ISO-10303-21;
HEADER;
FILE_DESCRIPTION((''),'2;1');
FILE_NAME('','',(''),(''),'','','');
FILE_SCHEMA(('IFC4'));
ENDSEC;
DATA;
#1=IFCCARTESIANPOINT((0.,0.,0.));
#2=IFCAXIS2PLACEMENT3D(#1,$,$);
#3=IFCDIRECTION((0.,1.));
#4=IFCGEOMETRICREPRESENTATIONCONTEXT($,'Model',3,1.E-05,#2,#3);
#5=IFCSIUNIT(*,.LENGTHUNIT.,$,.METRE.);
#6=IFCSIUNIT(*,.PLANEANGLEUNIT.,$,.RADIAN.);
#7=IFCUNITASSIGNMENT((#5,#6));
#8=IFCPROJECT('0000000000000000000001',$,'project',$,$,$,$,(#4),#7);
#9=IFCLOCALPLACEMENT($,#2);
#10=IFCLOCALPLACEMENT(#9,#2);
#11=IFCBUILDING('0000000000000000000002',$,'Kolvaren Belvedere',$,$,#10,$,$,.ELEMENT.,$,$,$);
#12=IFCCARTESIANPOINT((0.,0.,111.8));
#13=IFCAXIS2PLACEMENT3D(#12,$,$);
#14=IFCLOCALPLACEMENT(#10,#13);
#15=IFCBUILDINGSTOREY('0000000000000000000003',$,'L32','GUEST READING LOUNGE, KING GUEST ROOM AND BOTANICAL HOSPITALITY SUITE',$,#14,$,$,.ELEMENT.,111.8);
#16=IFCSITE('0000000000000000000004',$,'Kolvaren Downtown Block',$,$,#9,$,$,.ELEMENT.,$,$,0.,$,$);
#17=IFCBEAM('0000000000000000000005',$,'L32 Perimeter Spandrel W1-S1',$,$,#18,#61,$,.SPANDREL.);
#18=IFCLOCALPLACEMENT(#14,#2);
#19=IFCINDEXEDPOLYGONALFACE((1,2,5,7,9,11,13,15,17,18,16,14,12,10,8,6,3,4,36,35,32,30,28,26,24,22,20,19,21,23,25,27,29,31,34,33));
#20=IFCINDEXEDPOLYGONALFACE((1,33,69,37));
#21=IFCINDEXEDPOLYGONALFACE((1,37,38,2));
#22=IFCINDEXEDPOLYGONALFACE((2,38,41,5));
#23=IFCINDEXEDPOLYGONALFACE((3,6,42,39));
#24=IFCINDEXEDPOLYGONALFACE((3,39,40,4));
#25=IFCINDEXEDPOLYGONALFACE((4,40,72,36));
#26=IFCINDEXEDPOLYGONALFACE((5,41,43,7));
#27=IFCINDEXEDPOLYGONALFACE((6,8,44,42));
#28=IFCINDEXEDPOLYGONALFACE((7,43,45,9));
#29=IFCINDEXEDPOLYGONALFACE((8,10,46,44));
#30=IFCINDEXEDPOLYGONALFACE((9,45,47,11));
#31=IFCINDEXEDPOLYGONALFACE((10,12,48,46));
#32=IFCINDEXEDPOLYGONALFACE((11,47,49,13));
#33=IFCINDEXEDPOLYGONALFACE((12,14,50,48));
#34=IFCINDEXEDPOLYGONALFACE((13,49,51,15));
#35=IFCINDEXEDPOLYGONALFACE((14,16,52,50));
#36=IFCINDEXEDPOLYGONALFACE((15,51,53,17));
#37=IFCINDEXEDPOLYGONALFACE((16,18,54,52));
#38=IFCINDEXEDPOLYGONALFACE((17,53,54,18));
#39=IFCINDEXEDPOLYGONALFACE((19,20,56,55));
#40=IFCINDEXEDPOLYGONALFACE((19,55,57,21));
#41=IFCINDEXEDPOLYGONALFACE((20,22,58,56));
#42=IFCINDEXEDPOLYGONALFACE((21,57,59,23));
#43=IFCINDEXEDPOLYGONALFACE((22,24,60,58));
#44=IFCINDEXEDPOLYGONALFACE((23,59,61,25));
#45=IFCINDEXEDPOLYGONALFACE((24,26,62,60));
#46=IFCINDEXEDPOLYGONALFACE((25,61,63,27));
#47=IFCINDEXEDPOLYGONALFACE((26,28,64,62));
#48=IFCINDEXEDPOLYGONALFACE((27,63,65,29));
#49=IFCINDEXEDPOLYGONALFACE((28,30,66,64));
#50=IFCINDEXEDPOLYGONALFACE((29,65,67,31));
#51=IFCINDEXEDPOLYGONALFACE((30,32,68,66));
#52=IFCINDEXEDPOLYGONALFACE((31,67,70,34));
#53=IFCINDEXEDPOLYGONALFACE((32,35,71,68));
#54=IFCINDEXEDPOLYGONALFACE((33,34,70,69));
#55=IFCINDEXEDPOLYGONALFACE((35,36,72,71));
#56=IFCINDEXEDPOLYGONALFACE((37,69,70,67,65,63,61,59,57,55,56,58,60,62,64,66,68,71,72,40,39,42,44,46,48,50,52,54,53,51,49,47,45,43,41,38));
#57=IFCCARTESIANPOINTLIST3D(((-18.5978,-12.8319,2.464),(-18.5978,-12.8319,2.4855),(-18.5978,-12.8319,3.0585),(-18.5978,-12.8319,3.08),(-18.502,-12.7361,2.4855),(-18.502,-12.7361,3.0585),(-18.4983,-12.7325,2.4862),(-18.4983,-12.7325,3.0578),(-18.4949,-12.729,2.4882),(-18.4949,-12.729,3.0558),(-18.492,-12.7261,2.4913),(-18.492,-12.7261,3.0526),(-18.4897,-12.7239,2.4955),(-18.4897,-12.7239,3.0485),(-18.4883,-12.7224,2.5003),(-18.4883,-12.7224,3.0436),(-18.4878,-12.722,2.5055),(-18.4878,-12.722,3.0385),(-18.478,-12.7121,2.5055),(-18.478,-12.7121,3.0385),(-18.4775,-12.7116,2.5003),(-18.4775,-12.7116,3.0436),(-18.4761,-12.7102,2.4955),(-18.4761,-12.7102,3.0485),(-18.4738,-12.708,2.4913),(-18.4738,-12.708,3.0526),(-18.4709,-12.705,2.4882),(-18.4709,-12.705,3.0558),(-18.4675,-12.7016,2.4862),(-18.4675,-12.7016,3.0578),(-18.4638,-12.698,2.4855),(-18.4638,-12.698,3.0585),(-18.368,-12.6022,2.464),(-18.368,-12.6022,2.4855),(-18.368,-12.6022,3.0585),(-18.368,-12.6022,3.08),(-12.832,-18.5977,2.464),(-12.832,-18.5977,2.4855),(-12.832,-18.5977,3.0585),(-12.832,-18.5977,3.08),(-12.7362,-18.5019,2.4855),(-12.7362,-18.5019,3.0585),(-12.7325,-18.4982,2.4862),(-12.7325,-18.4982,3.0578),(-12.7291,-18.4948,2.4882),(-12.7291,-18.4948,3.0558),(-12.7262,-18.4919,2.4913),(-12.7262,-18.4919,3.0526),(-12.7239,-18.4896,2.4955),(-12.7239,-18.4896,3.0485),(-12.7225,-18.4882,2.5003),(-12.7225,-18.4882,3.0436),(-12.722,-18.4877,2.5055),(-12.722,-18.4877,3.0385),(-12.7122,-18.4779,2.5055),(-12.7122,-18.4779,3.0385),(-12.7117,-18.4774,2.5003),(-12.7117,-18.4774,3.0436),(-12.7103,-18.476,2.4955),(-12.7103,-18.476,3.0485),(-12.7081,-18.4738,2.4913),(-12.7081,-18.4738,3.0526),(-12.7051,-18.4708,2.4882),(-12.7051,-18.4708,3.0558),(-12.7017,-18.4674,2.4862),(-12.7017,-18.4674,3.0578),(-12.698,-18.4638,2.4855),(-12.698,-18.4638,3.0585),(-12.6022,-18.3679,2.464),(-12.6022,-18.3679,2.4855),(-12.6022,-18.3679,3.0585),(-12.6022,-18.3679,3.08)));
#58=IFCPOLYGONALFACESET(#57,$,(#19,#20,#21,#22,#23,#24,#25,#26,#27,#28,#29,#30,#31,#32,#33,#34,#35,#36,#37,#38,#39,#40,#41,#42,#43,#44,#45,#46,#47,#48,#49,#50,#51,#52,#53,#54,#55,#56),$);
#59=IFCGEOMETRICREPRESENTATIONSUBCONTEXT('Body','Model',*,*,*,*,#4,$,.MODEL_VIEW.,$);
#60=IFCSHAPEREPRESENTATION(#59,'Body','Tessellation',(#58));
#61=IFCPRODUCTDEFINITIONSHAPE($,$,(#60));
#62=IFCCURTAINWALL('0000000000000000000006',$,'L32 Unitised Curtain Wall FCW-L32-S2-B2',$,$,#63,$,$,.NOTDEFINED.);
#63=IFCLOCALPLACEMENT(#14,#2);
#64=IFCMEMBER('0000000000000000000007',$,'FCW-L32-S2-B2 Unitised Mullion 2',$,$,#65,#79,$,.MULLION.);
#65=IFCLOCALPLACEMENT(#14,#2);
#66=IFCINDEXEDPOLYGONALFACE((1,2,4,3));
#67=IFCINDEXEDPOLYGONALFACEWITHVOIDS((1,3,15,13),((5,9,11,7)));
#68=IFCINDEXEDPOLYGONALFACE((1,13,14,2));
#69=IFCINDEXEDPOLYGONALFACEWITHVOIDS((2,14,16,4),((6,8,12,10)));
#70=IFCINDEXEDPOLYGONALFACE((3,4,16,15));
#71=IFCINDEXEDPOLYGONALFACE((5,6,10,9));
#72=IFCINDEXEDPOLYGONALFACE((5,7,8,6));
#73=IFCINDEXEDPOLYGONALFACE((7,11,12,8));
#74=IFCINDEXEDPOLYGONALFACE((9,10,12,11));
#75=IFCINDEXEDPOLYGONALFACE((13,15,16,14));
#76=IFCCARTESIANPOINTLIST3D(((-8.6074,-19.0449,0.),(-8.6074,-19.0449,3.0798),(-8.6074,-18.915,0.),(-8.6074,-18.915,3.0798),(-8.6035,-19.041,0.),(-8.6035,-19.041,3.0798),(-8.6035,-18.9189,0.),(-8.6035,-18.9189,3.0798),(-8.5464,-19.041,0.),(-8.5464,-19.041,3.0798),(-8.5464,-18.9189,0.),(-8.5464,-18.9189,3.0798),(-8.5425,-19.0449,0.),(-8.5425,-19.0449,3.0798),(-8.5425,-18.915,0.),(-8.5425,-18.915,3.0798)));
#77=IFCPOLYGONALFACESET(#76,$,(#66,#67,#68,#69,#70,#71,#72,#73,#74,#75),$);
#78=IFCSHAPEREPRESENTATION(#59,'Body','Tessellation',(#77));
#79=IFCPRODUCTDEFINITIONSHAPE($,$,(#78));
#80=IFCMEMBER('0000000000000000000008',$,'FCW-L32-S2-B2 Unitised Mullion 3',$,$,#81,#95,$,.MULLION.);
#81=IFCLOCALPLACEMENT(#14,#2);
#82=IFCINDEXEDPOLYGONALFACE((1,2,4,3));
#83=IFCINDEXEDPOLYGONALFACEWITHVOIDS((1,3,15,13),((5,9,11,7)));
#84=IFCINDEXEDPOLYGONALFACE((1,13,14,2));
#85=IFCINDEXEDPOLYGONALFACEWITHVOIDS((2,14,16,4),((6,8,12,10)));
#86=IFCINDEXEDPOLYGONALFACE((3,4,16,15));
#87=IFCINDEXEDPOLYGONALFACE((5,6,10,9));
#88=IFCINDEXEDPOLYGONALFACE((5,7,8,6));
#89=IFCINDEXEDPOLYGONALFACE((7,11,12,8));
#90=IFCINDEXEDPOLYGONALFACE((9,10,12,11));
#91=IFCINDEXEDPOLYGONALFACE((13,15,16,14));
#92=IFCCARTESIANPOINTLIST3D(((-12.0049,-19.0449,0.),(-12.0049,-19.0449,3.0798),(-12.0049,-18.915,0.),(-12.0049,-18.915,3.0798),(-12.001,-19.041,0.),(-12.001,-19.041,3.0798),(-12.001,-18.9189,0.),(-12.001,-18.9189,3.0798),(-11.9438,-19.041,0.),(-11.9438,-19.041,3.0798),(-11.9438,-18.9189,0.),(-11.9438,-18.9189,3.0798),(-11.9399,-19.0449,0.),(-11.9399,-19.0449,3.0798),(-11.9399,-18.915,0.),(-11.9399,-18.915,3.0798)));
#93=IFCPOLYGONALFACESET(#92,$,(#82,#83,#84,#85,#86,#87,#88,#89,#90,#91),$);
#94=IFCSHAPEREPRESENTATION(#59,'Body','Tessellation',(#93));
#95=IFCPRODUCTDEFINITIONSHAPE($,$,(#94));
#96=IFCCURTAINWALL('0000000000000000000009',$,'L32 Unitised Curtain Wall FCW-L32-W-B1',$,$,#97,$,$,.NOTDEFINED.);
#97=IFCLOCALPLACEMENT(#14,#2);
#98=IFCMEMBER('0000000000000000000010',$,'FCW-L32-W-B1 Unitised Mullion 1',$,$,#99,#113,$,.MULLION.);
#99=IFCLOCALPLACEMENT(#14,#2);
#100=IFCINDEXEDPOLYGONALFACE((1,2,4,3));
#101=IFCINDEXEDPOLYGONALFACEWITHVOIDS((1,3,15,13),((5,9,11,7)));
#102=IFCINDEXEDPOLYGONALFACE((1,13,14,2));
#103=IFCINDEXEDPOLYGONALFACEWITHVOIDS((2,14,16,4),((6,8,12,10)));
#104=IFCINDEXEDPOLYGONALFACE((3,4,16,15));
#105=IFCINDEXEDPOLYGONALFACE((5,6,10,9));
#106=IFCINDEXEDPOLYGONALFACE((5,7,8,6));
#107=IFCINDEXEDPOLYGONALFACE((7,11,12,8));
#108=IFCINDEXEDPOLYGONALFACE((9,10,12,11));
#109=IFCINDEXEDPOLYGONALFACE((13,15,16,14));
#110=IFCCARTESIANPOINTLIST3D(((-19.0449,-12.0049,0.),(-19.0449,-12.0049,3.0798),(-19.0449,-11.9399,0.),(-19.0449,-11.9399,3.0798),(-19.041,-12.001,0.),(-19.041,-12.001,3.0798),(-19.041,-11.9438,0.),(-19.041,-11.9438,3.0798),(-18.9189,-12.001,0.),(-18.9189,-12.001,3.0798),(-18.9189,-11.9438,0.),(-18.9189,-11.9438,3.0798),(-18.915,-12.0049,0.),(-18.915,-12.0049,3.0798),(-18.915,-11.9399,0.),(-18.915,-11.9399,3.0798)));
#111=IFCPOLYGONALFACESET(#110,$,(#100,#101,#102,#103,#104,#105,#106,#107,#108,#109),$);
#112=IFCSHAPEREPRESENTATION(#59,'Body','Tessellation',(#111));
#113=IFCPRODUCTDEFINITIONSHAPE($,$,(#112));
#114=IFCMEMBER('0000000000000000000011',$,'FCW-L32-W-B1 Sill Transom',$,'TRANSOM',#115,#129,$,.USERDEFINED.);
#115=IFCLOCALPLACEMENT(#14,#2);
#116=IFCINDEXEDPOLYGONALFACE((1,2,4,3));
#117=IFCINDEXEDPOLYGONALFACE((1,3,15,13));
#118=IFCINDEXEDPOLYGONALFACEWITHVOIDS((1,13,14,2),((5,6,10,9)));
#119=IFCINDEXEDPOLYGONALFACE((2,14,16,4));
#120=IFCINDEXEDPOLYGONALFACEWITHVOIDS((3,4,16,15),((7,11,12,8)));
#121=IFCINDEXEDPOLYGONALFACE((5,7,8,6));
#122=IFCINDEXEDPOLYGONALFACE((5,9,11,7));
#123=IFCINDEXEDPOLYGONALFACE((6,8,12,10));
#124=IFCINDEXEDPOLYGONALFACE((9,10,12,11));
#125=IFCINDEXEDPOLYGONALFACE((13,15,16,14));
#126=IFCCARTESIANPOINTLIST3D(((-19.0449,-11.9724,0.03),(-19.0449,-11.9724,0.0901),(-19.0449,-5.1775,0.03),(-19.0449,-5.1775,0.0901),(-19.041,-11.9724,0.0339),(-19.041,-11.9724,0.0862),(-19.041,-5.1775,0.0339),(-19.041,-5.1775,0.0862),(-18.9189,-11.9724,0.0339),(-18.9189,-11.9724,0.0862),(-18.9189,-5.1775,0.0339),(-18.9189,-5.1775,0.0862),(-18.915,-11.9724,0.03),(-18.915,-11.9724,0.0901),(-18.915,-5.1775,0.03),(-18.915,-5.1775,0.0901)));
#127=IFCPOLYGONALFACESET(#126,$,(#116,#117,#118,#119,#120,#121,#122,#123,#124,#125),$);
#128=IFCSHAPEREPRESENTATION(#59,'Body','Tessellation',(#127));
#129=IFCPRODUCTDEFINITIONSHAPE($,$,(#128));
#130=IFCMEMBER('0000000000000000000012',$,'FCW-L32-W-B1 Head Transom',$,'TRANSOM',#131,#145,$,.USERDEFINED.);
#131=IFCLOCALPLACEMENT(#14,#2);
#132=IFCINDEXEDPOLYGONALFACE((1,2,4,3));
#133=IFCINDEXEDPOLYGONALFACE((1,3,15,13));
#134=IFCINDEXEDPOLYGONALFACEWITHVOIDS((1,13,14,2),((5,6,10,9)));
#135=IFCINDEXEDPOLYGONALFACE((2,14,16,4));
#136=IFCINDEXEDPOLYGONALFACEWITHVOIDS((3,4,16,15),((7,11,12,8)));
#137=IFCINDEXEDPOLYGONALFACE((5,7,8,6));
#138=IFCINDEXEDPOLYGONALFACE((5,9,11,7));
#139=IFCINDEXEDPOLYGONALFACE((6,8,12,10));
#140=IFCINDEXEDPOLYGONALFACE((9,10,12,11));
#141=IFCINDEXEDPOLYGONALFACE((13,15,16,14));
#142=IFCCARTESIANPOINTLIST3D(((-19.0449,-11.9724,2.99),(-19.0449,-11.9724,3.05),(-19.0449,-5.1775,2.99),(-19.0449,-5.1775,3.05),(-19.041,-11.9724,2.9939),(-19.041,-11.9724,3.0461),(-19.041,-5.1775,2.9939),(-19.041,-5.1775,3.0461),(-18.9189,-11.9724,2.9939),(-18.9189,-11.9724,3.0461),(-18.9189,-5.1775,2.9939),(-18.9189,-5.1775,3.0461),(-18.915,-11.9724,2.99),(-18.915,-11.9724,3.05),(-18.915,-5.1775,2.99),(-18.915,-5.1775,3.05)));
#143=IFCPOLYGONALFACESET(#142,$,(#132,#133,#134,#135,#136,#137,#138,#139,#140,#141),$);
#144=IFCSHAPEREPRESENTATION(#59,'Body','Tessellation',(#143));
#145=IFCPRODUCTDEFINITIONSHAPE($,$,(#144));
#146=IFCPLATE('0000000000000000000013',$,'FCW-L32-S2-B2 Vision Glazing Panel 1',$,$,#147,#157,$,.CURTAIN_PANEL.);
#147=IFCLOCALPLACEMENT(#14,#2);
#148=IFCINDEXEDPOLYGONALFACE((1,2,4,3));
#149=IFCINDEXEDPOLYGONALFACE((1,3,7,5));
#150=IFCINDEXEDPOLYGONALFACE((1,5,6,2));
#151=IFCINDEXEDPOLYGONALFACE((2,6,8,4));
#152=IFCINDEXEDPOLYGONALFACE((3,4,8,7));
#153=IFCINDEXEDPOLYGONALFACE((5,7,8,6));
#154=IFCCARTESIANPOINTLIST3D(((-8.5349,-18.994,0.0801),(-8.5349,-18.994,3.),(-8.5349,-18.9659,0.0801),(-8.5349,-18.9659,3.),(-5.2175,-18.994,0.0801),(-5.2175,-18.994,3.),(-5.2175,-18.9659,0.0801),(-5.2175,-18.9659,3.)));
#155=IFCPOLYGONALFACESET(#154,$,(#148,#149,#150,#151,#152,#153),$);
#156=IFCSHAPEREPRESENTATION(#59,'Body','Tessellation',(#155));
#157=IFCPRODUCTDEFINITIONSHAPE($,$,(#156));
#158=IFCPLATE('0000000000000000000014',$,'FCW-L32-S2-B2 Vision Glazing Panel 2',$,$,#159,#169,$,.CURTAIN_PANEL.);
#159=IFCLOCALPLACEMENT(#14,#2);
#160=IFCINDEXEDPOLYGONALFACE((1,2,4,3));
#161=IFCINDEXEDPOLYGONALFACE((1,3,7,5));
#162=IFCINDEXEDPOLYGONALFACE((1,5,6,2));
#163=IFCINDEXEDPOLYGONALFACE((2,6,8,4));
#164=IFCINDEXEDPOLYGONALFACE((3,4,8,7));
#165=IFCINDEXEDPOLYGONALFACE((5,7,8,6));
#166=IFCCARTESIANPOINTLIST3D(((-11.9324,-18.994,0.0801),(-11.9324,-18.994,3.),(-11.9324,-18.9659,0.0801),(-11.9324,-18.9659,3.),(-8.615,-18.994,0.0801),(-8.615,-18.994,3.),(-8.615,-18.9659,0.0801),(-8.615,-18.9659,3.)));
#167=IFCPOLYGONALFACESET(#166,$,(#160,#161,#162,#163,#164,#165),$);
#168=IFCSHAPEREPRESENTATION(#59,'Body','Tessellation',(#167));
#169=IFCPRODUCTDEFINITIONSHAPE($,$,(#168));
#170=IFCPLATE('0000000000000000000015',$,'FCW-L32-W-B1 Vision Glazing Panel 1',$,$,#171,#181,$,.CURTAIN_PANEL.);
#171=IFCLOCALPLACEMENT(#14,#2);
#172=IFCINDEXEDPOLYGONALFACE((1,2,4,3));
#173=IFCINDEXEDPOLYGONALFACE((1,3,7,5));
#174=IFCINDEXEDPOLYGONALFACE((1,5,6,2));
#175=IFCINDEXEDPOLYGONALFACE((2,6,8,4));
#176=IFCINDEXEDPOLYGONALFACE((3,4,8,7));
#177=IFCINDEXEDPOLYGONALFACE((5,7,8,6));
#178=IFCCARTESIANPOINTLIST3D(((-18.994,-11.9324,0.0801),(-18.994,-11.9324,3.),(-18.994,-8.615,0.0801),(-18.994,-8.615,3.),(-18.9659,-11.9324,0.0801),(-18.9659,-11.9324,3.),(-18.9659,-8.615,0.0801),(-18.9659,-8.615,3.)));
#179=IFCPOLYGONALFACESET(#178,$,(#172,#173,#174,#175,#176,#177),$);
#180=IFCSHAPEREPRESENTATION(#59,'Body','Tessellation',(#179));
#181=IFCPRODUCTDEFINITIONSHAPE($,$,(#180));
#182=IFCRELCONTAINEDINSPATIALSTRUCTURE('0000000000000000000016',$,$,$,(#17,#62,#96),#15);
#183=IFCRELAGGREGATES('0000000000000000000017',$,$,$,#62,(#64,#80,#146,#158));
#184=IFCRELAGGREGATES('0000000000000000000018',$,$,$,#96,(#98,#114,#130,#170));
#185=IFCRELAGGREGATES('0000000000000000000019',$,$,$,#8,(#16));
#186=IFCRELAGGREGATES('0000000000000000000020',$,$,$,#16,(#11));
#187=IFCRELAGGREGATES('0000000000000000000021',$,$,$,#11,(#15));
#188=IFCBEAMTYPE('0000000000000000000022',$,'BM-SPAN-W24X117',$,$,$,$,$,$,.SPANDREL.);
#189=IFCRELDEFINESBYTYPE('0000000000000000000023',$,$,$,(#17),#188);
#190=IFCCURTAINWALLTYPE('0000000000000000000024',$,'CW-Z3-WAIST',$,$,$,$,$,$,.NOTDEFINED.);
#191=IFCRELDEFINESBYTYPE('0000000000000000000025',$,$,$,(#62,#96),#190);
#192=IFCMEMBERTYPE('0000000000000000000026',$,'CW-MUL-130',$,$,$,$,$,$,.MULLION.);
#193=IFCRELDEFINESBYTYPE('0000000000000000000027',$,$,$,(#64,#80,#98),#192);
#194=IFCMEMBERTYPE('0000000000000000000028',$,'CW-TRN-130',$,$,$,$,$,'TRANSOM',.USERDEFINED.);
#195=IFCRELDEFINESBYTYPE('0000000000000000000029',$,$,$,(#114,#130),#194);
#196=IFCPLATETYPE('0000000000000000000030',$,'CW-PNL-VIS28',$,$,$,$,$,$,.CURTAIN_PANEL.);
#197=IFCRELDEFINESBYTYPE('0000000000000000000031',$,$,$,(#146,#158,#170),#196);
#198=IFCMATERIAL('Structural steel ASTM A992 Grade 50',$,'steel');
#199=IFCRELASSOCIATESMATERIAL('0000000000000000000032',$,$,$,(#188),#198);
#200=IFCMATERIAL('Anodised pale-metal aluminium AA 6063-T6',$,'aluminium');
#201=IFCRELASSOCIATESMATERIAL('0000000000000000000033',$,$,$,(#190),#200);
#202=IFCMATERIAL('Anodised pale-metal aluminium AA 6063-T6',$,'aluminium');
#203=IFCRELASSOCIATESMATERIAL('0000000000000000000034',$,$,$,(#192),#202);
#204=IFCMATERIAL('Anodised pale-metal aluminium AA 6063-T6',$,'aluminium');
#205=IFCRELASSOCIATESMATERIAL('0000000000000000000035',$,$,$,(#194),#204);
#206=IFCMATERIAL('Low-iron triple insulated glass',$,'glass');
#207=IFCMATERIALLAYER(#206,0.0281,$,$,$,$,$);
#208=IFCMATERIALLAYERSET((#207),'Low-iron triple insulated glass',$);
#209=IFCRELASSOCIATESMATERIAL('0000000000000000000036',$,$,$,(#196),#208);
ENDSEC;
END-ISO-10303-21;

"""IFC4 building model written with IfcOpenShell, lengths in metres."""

from ifc_helpers import new_model, si_unit, direction, frame, origin, origin_2d, place, context, subcontext, project, spatial, rectangle, hollow_rectangle, i_section, extrude, material, layer, layer_set, material_profile, profile_set, type_object, element, aggregate, save


model = new_model("IFC4")

# Units and contexts
model_context = context("Model", 3, precision=1e-05, world=origin(), true_north=direction((0.0, 1.0)))
body_context = subcontext(model_context, "Body", "Model", "MODEL_VIEW")
ifc_project = project(units=[si_unit("LENGTHUNIT", "METRE"), si_unit("PLANEANGLEUNIT", "RADIAN")], contexts=[model_context])

# Site, building, storey
site_placement = place(None, origin())
site = spatial("IfcSite", under=ifc_project, at=site_placement, Name="Kolvaren Downtown Block", CompositionType="ELEMENT", RefElevation=0.0)
building_placement = place(site_placement, origin())
building = spatial("IfcBuilding", under=site, at=building_placement, Name="Kolvaren Belvedere", CompositionType="ELEMENT")
storey_placement = place(building_placement, frame((0.0, 0.0, 111.8)))
storey = spatial("IfcBuildingStorey", under=building, at=storey_placement, Name="L32", Description="GUEST READING LOUNGE, KING GUEST ROOM AND BOTANICAL HOSPITALITY SUITE", CompositionType="ELEMENT", Elevation=111.8)

# Beam
ifc_material_1 = material(Name="Structural steel ASTM A992 Grade 50", Category="steel")
ifc_material_profile_1 = material_profile(ifc_material_1, i_section(OverallWidth=0.325, OverallDepth=0.616, WebThickness=0.0139, FlangeThickness=0.0215, FilletRadius=0.02, at=origin_2d()), Name="W24X117")
ifc_profile_set_1 = profile_set([ifc_material_profile_1], Name="Structural steel ASTM A992 Grade 50")
beam_type_1 = type_object("IfcBeamType", Name="BM-SPAN-W24X117", PredefinedType="SPANDREL", material=ifc_profile_set_1)
beam_1_placement = place(storey_placement, frame((-18.4829, -12.717, 2.772), z_axis=(0.707107, -0.707107, 0.0), x_axis=(0.707107, 0.707107, 0.0)))
element("IfcBeam", 1, at=beam_1_placement, inside=storey, type_object=beam_type_1, Name="L32 Perimeter Spandrel W1-S1", PredefinedType="SPANDREL", context=body_context, shape_type="SweptSolid", body=[
    extrude(i_section(OverallWidth=0.325, OverallDepth=0.616, WebThickness=0.0139, FlangeThickness=0.0215, FilletRadius=0.02, at=origin_2d()), origin(), (0.0, 0.0, 1.0), 8.1541),
])

# Curtain walls, members
ifc_material_2 = material(Name="Anodised pale-metal aluminium AA 6063-T6", Category="aluminium")
curtain_wall_type = type_object("IfcCurtainWallType", Name="CW-Z3-WAIST", PredefinedType="NOTDEFINED", material=ifc_material_2)
curtain_wall_1_placement = place(storey_placement, origin())
curtain_wall_1 = element("IfcCurtainWall", 2, at=curtain_wall_1_placement, inside=storey, type_object=curtain_wall_type, Name="L32 Unitised Curtain Wall FCW-L32-S2-B2", PredefinedType="NOTDEFINED")
ifc_material_3 = material(Name="Anodised pale-metal aluminium AA 6063-T6", Category="aluminium")
ifc_material_profile_2 = material_profile(ifc_material_3, hollow_rectangle(XDim=0.0649, YDim=0.1299, WallThickness=0.0039, at=origin_2d()), Name="ALU-MUL-130X65")
ifc_profile_set_2 = profile_set([ifc_material_profile_2], Name="Anodised pale-metal aluminium AA 6063-T6")
member_type_1 = type_object("IfcMemberType", Name="CW-MUL-130", PredefinedType="MULLION", material=ifc_profile_set_2)
member_1_placement = place(storey_placement, frame((-8.575, -18.98, 0.0), z_axis=(0.0, 0.0, 1.0), x_axis=(1.0, 0.0, 0.0)))
member_1 = element("IfcMember", 3, at=member_1_placement, type_object=member_type_1, Name="FCW-L32-S2-B2 Unitised Mullion 2", PredefinedType="MULLION", context=body_context, shape_type="SweptSolid", body=[
    extrude(hollow_rectangle(XDim=0.0649, YDim=0.1299, WallThickness=0.0039, at=origin_2d()), origin(), (0.0, 0.0, 1.0), 3.0798),
])
member_2_placement = place(storey_placement, frame((-11.9724, -18.98, 0.0), z_axis=(0.0, 0.0, 1.0), x_axis=(1.0, 0.0, 0.0)))
member_2 = element("IfcMember", 4, at=member_2_placement, type_object=member_type_1, Name="FCW-L32-S2-B2 Unitised Mullion 3", PredefinedType="MULLION", context=body_context, shape_type="SweptSolid", body=[
    extrude(hollow_rectangle(XDim=0.0649, YDim=0.1299, WallThickness=0.0039, at=origin_2d()), origin(), (0.0, 0.0, 1.0), 3.0798),
])
curtain_wall_2_placement = place(storey_placement, origin())
curtain_wall_2 = element("IfcCurtainWall", 5, at=curtain_wall_2_placement, inside=storey, type_object=curtain_wall_type, Name="L32 Unitised Curtain Wall FCW-L32-W-B1", PredefinedType="NOTDEFINED")
member_3_placement = place(storey_placement, frame((-18.98, -11.9724, 0.0), z_axis=(0.0, 0.0, 1.0), x_axis=(0.0, 1.0, 0.0)))
member_3 = element("IfcMember", 6, at=member_3_placement, type_object=member_type_1, Name="FCW-L32-W-B1 Unitised Mullion 1", PredefinedType="MULLION", context=body_context, shape_type="SweptSolid", body=[
    extrude(hollow_rectangle(XDim=0.0649, YDim=0.1299, WallThickness=0.0039, at=origin_2d()), origin(), (0.0, 0.0, 1.0), 3.0798),
])
ifc_material_4 = material(Name="Anodised pale-metal aluminium AA 6063-T6", Category="aluminium")
ifc_material_profile_3 = material_profile(ifc_material_4, hollow_rectangle(XDim=0.0601, YDim=0.1299, WallThickness=0.0039, at=origin_2d()), Name="ALU-TRN-130X60")
ifc_profile_set_3 = profile_set([ifc_material_profile_3], Name="Anodised pale-metal aluminium AA 6063-T6")
member_type_2 = type_object("IfcMemberType", Name="CW-TRN-130", ElementType="TRANSOM", PredefinedType="USERDEFINED", material=ifc_profile_set_3)
member_4_placement = place(storey_placement, frame((-18.98, -11.9724, 0.0601), z_axis=(0.0, 1.0, 0.0), x_axis=(0.0, 0.0, 1.0)))
member_4 = element("IfcMember", 7, at=member_4_placement, type_object=member_type_2, Name="FCW-L32-W-B1 Sill Transom", ObjectType="TRANSOM", PredefinedType="USERDEFINED", context=body_context, shape_type="SweptSolid", body=[
    extrude(hollow_rectangle(XDim=0.0601, YDim=0.1299, WallThickness=0.0039, at=origin_2d()), origin(), (0.0, 0.0, 1.0), 6.7949),
])
member_5_placement = place(storey_placement, frame((-18.98, -11.9724, 3.02), z_axis=(0.0, 1.0, 0.0), x_axis=(0.0, 0.0, 1.0)))
member_5 = element("IfcMember", 8, at=member_5_placement, type_object=member_type_2, Name="FCW-L32-W-B1 Head Transom", ObjectType="TRANSOM", PredefinedType="USERDEFINED", context=body_context, shape_type="SweptSolid", body=[
    extrude(hollow_rectangle(XDim=0.0601, YDim=0.1299, WallThickness=0.0039, at=origin_2d()), origin(), (0.0, 0.0, 1.0), 6.7949),
])

# Plates
ifc_material_5 = material(Name="Low-iron triple insulated glass", Category="glass")
ifc_layer_1 = layer(ifc_material_5, 0.0281)
ifc_layer_set_1 = layer_set([ifc_layer_1], Name="Low-iron triple insulated glass")
plate_type_1 = type_object("IfcPlateType", Name="CW-PNL-VIS28", PredefinedType="CURTAIN_PANEL", material=ifc_layer_set_1)
plate_1_placement = place(storey_placement, frame((-6.8762, -18.98, 0.0801), z_axis=(0.0, 0.0, 1.0), x_axis=(-1.0, 0.0, 0.0)))
plate_1 = element("IfcPlate", 9, at=plate_1_placement, type_object=plate_type_1, Name="FCW-L32-S2-B2 Vision Glazing Panel 1", PredefinedType="CURTAIN_PANEL", context=body_context, shape_type="SweptSolid", body=[
    extrude(rectangle(XDim=3.3174, YDim=0.0281, at=origin_2d()), origin(), (0.0, 0.0, 1.0), 2.9199),
])
plate_2_placement = place(storey_placement, frame((-10.2737, -18.98, 0.0801), z_axis=(0.0, 0.0, 1.0), x_axis=(-1.0, 0.0, 0.0)))
plate_2 = element("IfcPlate", 10, at=plate_2_placement, type_object=plate_type_1, Name="FCW-L32-S2-B2 Vision Glazing Panel 2", PredefinedType="CURTAIN_PANEL", context=body_context, shape_type="SweptSolid", body=[
    extrude(rectangle(XDim=3.3174, YDim=0.0281, at=origin_2d()), origin(), (0.0, 0.0, 1.0), 2.9199),
])
aggregate(curtain_wall_1, [member_1, member_2, plate_1, plate_2])
plate_3_placement = place(storey_placement, frame((-18.98, -10.2737, 0.0801), z_axis=(0.0, 0.0, 1.0), x_axis=(0.0, 1.0, 0.0)))
plate_3 = element("IfcPlate", 11, at=plate_3_placement, type_object=plate_type_1, Name="FCW-L32-W-B1 Vision Glazing Panel 1", PredefinedType="CURTAIN_PANEL", context=body_context, shape_type="SweptSolid", body=[
    extrude(rectangle(XDim=3.3174, YDim=0.0281, at=origin_2d()), origin(), (0.0, 0.0, 1.0), 2.9199),
])
aggregate(curtain_wall_2, [member_3, member_4, member_5, plate_3])

save(model, "model.ifc")
